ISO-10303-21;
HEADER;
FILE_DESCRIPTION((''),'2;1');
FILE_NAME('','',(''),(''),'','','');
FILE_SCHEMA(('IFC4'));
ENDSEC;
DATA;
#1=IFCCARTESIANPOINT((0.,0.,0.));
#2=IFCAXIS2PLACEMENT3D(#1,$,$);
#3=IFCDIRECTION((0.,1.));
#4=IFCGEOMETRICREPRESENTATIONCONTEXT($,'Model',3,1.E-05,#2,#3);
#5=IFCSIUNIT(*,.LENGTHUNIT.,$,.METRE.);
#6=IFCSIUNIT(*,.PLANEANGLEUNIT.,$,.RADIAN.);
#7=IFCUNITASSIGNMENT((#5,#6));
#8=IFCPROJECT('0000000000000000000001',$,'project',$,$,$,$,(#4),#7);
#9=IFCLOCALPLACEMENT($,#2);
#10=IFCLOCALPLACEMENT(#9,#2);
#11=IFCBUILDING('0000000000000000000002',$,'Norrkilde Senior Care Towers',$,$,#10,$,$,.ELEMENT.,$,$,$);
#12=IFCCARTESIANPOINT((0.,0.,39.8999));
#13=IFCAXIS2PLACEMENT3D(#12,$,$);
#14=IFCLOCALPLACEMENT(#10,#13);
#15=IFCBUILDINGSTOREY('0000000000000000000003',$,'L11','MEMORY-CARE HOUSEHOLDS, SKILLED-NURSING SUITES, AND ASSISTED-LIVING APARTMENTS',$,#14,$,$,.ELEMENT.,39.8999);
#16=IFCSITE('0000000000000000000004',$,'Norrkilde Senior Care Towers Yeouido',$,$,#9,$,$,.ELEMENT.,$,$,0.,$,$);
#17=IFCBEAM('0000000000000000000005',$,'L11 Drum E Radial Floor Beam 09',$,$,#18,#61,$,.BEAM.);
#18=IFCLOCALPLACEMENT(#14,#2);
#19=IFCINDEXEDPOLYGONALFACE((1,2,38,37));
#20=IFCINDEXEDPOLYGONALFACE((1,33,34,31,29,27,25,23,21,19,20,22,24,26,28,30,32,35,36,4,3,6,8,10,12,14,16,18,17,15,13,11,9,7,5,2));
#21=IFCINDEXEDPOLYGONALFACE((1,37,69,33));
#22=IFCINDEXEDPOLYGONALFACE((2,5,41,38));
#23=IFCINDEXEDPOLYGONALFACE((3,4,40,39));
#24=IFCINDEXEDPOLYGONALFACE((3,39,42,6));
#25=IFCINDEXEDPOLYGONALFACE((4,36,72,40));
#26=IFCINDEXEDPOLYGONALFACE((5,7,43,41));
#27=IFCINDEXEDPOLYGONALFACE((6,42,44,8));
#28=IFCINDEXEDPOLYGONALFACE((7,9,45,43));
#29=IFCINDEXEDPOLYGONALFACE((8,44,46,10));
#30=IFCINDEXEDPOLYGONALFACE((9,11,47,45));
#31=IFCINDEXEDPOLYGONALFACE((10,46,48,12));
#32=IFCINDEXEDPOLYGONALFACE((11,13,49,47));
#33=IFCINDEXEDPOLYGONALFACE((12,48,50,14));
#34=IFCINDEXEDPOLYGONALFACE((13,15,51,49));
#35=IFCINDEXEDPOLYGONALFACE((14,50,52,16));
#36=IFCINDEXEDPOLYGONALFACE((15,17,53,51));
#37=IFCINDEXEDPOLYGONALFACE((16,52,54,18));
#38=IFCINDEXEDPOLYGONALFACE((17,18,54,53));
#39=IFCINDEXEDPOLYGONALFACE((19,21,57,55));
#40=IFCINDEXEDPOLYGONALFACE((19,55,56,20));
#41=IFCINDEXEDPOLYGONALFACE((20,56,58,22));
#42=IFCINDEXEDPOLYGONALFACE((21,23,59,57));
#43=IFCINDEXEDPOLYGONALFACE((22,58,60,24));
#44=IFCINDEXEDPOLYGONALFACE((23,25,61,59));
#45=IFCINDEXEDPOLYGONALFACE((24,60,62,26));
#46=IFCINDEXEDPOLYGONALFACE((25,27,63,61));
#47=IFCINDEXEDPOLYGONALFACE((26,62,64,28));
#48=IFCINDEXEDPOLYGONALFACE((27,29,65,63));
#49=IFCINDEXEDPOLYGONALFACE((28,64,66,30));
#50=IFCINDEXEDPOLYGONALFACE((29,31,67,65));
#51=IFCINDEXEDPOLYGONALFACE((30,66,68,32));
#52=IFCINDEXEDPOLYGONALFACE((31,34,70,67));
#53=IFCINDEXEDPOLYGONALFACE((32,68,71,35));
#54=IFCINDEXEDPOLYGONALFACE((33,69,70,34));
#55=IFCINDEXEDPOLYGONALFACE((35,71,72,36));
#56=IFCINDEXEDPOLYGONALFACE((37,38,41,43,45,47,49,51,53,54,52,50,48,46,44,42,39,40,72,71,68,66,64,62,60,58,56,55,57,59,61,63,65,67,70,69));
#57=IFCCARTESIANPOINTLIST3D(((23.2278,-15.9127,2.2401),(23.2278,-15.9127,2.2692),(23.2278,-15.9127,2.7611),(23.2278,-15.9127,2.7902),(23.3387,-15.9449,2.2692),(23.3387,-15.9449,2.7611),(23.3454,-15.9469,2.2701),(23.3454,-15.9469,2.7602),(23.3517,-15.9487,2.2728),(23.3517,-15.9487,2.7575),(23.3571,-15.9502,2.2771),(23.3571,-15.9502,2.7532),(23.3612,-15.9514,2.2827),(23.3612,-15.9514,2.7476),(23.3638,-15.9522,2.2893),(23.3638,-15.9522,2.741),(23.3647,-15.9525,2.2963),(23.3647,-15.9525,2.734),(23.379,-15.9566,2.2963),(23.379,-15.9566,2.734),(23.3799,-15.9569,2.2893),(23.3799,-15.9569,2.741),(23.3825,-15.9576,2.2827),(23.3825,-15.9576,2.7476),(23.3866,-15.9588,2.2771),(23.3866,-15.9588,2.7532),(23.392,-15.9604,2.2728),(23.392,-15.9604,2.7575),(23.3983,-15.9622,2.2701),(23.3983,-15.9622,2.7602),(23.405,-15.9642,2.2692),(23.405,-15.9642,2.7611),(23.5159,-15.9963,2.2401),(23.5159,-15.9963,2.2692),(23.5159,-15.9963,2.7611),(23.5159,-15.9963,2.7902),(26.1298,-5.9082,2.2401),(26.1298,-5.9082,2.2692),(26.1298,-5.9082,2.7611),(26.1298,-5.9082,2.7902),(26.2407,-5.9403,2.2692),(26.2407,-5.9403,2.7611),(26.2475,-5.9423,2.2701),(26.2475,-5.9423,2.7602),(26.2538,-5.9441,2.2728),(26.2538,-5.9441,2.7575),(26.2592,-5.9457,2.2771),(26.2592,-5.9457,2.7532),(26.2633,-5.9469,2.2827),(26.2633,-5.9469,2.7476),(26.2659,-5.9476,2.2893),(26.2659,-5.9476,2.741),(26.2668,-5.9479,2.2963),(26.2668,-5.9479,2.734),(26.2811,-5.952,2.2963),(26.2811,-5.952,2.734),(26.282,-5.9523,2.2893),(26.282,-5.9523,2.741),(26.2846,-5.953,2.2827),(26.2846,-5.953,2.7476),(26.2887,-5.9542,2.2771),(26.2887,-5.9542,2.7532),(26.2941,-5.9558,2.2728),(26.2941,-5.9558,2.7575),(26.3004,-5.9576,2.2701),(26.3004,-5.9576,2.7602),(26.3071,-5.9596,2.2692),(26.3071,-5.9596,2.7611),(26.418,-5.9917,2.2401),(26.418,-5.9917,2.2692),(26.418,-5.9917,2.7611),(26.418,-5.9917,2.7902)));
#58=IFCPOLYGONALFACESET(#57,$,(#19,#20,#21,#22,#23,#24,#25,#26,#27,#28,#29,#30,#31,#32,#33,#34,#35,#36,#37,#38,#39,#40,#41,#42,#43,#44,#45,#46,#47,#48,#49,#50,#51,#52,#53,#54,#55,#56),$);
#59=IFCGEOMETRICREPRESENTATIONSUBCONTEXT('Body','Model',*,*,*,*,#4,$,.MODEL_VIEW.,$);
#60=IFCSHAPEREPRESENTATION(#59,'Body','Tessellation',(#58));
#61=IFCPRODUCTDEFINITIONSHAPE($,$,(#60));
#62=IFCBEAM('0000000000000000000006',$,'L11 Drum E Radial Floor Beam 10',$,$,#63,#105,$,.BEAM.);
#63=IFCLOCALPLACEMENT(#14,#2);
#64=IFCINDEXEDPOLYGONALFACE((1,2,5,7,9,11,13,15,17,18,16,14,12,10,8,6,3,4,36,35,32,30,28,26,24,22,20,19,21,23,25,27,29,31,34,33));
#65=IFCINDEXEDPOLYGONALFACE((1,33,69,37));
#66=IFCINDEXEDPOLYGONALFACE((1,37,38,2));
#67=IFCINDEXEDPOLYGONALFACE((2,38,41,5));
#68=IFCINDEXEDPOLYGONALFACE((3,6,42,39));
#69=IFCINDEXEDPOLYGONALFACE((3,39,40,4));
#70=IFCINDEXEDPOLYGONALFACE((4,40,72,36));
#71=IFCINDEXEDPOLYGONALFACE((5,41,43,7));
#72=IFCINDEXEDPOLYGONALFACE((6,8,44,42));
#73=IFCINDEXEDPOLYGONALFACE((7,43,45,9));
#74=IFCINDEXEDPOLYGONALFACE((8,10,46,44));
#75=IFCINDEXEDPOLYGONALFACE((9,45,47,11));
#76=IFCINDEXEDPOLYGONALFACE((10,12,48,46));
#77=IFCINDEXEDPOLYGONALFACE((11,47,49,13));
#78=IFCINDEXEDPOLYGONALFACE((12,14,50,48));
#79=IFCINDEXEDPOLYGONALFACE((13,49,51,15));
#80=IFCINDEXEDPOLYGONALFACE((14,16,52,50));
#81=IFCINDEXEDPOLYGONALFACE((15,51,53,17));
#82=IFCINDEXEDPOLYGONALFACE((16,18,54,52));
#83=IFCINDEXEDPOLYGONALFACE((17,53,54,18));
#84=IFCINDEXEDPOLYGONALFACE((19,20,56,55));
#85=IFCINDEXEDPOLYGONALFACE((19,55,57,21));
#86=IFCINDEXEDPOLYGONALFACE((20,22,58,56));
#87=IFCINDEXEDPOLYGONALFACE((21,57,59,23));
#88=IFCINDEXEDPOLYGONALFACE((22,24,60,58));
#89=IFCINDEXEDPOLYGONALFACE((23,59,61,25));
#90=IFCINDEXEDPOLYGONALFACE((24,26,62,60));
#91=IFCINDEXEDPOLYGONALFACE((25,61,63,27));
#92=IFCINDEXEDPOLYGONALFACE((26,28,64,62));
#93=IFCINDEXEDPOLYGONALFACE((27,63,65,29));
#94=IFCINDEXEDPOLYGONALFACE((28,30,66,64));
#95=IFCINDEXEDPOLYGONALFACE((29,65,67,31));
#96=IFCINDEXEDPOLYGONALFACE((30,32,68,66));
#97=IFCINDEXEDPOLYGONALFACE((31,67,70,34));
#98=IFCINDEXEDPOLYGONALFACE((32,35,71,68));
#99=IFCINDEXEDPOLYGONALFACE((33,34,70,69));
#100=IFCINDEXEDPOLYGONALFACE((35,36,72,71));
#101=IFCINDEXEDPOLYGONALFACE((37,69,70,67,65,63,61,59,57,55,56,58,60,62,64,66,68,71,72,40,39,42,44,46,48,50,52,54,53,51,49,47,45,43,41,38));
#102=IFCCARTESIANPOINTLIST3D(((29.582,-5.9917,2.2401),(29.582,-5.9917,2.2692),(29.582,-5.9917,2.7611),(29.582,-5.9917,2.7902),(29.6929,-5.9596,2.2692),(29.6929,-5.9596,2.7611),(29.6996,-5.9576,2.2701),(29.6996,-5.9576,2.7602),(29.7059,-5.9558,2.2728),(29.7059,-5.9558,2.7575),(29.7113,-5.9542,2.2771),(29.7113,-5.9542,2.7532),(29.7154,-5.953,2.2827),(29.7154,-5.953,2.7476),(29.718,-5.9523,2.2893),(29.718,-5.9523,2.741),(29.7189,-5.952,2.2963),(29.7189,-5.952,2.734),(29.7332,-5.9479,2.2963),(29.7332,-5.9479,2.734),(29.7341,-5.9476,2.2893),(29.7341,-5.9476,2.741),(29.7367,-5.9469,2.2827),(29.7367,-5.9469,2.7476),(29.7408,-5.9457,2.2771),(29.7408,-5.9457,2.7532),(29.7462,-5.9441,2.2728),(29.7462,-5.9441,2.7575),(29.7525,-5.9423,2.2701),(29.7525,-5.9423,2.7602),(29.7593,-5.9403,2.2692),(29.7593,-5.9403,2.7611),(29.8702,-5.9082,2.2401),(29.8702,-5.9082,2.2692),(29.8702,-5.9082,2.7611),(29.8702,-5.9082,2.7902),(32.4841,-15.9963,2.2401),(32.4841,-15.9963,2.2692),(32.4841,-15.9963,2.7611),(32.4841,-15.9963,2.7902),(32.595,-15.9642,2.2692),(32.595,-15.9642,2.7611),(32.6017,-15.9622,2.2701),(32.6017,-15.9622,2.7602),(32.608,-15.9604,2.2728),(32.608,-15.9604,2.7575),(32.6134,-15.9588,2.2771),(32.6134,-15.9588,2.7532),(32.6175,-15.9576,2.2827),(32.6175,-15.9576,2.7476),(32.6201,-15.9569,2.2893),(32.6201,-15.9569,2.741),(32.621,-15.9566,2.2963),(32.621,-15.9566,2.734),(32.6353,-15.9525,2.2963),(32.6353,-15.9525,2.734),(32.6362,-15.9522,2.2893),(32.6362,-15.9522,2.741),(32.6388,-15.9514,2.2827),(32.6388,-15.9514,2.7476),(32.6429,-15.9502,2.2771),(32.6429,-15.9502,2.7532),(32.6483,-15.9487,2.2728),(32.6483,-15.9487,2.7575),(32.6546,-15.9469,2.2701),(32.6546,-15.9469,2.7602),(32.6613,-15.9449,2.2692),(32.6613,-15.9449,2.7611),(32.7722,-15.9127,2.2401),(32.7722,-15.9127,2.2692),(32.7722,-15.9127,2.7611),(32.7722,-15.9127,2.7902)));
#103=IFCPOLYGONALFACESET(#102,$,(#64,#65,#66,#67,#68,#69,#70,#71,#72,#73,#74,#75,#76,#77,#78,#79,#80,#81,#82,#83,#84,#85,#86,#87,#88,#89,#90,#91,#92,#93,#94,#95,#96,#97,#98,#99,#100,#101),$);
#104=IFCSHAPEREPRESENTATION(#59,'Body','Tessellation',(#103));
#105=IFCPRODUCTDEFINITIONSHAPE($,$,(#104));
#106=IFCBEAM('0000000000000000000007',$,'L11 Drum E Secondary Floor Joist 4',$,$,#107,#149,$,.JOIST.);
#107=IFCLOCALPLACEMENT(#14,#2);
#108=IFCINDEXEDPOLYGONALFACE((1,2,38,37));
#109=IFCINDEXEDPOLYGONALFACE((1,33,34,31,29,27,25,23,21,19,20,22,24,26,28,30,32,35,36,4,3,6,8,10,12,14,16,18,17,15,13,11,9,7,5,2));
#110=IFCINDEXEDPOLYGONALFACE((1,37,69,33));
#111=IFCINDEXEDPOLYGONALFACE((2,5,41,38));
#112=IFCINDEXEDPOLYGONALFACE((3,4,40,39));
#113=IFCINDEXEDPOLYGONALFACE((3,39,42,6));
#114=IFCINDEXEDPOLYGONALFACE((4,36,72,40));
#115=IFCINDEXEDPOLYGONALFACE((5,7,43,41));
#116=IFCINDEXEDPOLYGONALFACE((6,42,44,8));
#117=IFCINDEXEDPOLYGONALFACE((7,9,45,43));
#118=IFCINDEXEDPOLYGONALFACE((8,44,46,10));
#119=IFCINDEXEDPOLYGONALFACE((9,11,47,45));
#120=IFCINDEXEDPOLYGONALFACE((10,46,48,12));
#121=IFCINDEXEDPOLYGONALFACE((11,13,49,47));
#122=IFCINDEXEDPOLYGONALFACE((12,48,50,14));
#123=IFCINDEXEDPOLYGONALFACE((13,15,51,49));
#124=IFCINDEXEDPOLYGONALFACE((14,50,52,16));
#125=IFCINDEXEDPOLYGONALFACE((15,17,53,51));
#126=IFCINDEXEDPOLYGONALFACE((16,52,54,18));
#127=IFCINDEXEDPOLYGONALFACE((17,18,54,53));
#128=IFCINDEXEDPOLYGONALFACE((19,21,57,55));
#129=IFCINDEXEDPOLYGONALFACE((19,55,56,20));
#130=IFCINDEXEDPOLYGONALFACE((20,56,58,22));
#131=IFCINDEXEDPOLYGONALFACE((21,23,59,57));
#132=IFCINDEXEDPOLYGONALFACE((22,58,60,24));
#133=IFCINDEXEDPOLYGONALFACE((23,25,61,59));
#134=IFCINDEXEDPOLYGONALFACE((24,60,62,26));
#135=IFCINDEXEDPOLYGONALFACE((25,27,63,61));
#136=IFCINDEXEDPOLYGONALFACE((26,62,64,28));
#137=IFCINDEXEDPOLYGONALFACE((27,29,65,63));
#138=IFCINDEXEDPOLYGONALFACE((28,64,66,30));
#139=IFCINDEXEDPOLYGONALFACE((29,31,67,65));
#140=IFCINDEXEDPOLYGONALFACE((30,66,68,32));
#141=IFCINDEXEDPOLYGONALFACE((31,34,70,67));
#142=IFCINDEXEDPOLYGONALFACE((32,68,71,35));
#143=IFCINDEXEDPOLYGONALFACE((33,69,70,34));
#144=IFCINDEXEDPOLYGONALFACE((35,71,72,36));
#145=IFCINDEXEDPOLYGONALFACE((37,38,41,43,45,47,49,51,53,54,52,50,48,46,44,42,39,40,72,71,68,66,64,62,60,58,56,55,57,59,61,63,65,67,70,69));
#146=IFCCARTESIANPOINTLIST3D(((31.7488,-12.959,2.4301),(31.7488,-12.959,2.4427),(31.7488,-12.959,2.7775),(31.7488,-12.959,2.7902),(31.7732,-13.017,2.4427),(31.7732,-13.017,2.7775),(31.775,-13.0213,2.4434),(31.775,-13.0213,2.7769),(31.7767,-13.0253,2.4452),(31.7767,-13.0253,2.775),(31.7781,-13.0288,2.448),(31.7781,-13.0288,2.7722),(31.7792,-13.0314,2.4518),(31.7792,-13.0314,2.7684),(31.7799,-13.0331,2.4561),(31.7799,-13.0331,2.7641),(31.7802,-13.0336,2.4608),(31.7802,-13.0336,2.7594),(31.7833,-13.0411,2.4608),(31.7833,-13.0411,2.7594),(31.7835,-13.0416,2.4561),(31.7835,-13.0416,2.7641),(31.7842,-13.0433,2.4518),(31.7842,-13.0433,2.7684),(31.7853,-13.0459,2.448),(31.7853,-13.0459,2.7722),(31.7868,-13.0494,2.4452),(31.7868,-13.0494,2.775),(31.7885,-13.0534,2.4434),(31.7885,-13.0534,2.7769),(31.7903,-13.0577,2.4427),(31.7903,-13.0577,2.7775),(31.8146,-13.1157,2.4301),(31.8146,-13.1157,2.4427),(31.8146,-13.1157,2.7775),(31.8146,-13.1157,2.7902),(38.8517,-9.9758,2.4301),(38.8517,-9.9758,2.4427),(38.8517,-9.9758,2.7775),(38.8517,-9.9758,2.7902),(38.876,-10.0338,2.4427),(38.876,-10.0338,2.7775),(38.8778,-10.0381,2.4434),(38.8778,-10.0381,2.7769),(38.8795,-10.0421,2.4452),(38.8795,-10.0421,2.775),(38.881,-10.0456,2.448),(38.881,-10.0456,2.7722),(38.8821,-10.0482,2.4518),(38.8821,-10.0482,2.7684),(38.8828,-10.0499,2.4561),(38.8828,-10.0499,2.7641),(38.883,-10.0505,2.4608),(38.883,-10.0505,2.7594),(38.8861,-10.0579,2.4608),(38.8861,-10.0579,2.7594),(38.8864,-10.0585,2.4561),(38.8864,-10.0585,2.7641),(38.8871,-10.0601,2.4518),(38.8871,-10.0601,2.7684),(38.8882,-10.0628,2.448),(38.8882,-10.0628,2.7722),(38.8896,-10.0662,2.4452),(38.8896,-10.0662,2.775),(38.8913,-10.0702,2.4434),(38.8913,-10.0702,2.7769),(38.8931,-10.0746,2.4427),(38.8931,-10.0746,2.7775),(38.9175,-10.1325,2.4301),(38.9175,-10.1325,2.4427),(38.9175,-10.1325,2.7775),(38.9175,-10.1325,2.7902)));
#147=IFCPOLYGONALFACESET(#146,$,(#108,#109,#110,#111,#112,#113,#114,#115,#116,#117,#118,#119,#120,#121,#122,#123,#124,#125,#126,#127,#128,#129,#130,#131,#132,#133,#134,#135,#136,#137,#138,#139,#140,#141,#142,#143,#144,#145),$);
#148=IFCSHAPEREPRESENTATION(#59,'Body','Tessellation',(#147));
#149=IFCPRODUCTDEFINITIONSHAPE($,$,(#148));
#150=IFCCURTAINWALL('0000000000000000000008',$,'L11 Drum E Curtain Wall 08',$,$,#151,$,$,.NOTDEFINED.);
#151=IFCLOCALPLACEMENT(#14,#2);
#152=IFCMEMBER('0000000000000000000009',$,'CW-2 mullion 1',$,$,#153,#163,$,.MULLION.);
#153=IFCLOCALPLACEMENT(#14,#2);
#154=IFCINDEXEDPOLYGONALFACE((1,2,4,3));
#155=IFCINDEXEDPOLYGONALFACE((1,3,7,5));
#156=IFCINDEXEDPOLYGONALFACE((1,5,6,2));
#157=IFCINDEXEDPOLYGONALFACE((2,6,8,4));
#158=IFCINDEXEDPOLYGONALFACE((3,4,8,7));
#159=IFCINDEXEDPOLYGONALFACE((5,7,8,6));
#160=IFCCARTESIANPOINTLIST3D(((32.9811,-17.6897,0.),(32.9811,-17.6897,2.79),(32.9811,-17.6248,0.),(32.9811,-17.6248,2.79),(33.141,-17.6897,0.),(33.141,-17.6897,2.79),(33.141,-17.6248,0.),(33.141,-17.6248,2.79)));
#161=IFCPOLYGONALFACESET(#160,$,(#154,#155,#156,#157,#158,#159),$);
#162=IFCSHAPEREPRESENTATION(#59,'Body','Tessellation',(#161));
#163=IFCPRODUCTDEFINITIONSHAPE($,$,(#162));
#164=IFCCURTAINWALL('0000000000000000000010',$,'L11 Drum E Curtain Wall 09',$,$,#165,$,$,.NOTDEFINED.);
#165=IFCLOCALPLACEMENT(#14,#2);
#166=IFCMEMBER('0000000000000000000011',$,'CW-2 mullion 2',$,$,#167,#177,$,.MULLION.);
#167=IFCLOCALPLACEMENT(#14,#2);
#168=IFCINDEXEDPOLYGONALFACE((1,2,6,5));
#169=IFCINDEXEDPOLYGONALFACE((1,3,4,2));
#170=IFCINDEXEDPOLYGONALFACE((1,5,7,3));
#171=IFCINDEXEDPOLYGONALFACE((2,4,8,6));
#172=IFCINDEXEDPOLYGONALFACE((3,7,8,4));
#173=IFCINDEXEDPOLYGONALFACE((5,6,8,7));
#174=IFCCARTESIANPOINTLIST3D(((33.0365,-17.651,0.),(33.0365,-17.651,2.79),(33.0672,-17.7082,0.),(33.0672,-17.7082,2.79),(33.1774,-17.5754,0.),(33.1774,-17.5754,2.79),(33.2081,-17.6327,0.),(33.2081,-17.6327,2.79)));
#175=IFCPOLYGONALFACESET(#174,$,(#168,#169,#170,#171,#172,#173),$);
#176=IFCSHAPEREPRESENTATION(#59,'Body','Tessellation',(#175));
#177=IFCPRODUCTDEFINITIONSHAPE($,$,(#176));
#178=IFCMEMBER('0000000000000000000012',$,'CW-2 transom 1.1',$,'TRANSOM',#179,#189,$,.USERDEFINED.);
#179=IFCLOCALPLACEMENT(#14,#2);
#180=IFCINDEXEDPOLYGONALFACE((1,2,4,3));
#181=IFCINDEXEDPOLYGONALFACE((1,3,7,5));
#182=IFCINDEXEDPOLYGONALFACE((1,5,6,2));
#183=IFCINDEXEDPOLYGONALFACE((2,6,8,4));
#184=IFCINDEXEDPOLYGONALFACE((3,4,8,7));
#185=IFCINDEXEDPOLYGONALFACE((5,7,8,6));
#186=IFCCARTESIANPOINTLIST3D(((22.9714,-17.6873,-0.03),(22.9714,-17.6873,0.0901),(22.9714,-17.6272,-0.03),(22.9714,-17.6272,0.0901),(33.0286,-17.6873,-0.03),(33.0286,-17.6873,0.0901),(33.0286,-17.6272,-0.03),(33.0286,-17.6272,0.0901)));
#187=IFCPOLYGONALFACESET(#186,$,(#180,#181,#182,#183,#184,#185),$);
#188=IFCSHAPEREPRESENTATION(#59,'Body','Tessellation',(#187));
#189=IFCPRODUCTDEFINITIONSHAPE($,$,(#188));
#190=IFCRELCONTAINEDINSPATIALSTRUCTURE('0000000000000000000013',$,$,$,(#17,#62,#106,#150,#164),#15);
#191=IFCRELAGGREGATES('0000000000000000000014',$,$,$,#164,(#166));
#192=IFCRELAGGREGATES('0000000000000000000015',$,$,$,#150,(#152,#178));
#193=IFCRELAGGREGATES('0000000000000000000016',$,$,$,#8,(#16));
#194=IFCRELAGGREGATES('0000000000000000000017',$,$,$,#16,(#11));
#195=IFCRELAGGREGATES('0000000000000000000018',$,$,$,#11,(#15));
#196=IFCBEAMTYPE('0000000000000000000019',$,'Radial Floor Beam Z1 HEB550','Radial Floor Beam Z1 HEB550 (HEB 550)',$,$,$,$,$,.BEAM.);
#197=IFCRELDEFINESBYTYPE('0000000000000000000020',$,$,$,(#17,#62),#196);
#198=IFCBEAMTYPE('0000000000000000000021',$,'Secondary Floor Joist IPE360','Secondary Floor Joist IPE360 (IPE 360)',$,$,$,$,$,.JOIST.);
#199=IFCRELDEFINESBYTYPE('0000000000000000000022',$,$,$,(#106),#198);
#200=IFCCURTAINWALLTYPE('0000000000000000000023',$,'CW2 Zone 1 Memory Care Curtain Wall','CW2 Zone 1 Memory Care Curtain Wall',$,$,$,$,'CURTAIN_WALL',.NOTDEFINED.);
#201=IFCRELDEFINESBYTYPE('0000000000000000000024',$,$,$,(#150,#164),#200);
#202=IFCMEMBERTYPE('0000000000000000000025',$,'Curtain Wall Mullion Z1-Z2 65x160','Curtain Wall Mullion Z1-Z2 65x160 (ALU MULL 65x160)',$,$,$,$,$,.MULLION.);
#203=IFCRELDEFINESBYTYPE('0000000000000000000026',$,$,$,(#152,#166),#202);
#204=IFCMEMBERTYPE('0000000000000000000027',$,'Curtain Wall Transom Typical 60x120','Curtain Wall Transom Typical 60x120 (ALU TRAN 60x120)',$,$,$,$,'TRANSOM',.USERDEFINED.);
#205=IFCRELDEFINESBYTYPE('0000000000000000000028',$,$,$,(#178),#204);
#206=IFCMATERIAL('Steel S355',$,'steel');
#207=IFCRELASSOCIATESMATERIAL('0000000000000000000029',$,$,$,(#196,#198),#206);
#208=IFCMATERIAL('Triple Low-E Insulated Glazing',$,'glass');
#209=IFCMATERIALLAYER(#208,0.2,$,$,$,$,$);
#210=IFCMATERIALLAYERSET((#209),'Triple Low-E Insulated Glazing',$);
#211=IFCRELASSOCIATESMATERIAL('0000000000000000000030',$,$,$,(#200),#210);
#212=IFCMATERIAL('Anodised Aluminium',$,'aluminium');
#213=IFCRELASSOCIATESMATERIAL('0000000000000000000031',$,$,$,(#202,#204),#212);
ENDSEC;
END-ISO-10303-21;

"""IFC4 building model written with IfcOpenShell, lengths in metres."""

from ifc_helpers import new_model, si_unit, direction, frame, origin, origin_2d, place, context, subcontext, project, spatial, rectangle, i_section, extrude, source, transform, mapped, material, layer, layer_set, material_profile, profile_set, type_object, type_shapes, element, aggregate, save


model = new_model("IFC4")

# Units and contexts
model_context = context("Model", 3, precision=1e-05, world=origin(), true_north=direction((0.0, 1.0)))
body_context = subcontext(model_context, "Body", "Model", "MODEL_VIEW")
ifc_project = project(units=[si_unit("LENGTHUNIT", "METRE"), si_unit("PLANEANGLEUNIT", "RADIAN")], contexts=[model_context])

# Site, building, storey
site_placement = place(None, origin())
site = spatial("IfcSite", under=ifc_project, at=site_placement, Name="Norrkilde Senior Care Towers Yeouido", CompositionType="ELEMENT", RefElevation=0.0)
building_placement = place(site_placement, origin())
building = spatial("IfcBuilding", under=site, at=building_placement, Name="Norrkilde Senior Care Towers", CompositionType="ELEMENT")
storey_placement = place(building_placement, frame((0.0, 0.0, 39.8999)))
storey = spatial("IfcBuildingStorey", under=building, at=storey_placement, Name="L11", Description="MEMORY-CARE HOUSEHOLDS, SKILLED-NURSING SUITES, AND ASSISTED-LIVING APARTMENTS", CompositionType="ELEMENT", Elevation=39.8999)

# Beams
ifc_material_1 = material(Name="Steel S355", Category="steel")
ifc_material_profile_1 = material_profile(ifc_material_1, i_section(OverallWidth=0.3, OverallDepth=0.55, WebThickness=0.0149, FlangeThickness=0.0291, FilletRadius=0.0271, at=origin_2d()), Name="HEB 550")
ifc_profile_set_1 = profile_set([ifc_material_profile_1], Name="Steel S355")
beam_type_1 = type_object("IfcBeamType", Name="Radial Floor Beam Z1 HEB550", Description="Radial Floor Beam Z1 HEB550 (HEB 550)", PredefinedType="BEAM", material=ifc_profile_set_1)
shared_shape_1 = source(origin(), body_context, "Body", "SweptSolid", [
    extrude(i_section(OverallWidth=0.3, OverallDepth=0.55, WebThickness=0.0149, FlangeThickness=0.0291, FilletRadius=0.0271, at=origin_2d()), origin(), (0.0, 0.0, 1.0), 10.417),
])
for number, where, z_axis, x_axis, name in (
    (1, (26.2739, -5.95, 2.5151), (-0.278591, -0.96041, 0.0), (0.96041, -0.278591, 0.0), "L11 Drum E Radial Floor Beam 09"),
    (2, (29.7261, -5.95, 2.5151), (0.278591, -0.96041, 0.0), (0.96041, 0.278591, 0.0), "L11 Drum E Radial Floor Beam 10"),
):
    element("IfcBeam", number, at=place(storey_placement, frame(where, z_axis=z_axis, x_axis=x_axis)), inside=storey, type_object=beam_type_1, Name=name, PredefinedType="BEAM", context=body_context, shape_type="MappedRepresentation", body=[
        mapped(shared_shape_1, transform((0.0, 0.0, 0.0), x_axis=(1.0, 0.0, 0.0), y_axis=(0.0, 1.0, 0.0), z_axis=(0.0, 0.0, 1.0), scale=1.0)),
    ])
ifc_material_profile_2 = material_profile(ifc_material_1, i_section(OverallWidth=0.1699, OverallDepth=0.3601, WebThickness=0.0081, FlangeThickness=0.0127, FilletRadius=0.0181, at=origin_2d()), Name="IPE 360")
ifc_profile_set_2 = profile_set([ifc_material_profile_2], Name="Steel S355")
beam_type_2 = type_object("IfcBeamType", Name="Secondary Floor Joist IPE360", Description="Secondary Floor Joist IPE360 (IPE 360)", PredefinedType="JOIST", material=ifc_profile_set_2)
shared_shape_2 = source(origin(), body_context, "Body", "SweptSolid", [
    extrude(i_section(OverallWidth=0.1699, OverallDepth=0.3601, WebThickness=0.0081, FlangeThickness=0.0127, FilletRadius=0.0181, at=origin_2d()), origin(), (0.0, 0.0, 1.0), 7.7039),
])
type_shapes(beam_type_2, [shared_shape_2])
beam_1_placement = place(storey_placement, frame((31.7817, -13.0374, 2.6101), z_axis=(0.921983, 0.387231, 0.0), x_axis=(-0.387231, 0.921983, 0.0)))
element("IfcBeam", 3, at=beam_1_placement, inside=storey, type_object=beam_type_2, Name="L11 Drum E Secondary Floor Joist 4", PredefinedType="JOIST", context=body_context, shape_type="MappedRepresentation", body=[
    mapped(shared_shape_2, transform((0.0, 0.0, 0.0), x_axis=(1.0, 0.0, 0.0), y_axis=(0.0, 1.0, 0.0), z_axis=(0.0, 0.0, 1.0), scale=1.0)),
])

# Curtain walls, members
ifc_material_2 = material(Name="Triple Low-E Insulated Glazing", Category="glass")
ifc_layer_1 = layer(ifc_material_2, 0.2)
ifc_layer_set_1 = layer_set([ifc_layer_1], Name="Triple Low-E Insulated Glazing")
curtain_wall_type = type_object("IfcCurtainWallType", Name="CW2 Zone 1 Memory Care Curtain Wall", Description="CW2 Zone 1 Memory Care Curtain Wall", ElementType="CURTAIN_WALL", PredefinedType="NOTDEFINED", material=ifc_layer_set_1)
curtain_wall_1_placement = place(storey_placement, origin())
curtain_wall_1 = element("IfcCurtainWall", 4, at=curtain_wall_1_placement, inside=storey, type_object=curtain_wall_type, Name="L11 Drum E Curtain Wall 08", PredefinedType="NOTDEFINED")
ifc_material_3 = material(Name="Anodised Aluminium", Category="aluminium")
ifc_material_profile_3 = material_profile(ifc_material_3, rectangle(XDim=0.0649, YDim=0.1599, at=origin_2d()), Name="ALU MULL 65x160")
ifc_profile_set_3 = profile_set([ifc_material_profile_3], Name="Anodised Aluminium")
member_type_1 = type_object("IfcMemberType", Name="Curtain Wall Mullion Z1-Z2 65x160", Description="Curtain Wall Mullion Z1-Z2 65x160 (ALU MULL 65x160)", PredefinedType="MULLION", material=ifc_profile_set_3)
shared_shape_3 = source(origin(), body_context, "Body", "SweptSolid", [
    extrude(rectangle(XDim=0.0649, YDim=0.1599, at=origin_2d()), origin(), (0.0, 0.0, 1.0), 2.79),
])
type_shapes(member_type_1, [shared_shape_3])
member_1_placement = place(storey_placement, frame((33.061, -17.6572, 0.0), z_axis=(0.0, 0.0, 1.0), x_axis=(0.0, -1.0, 0.0)))
member_1 = element("IfcMember", 5, at=member_1_placement, type_object=member_type_1, Name="CW-2 mullion 1", PredefinedType="MULLION", context=body_context, shape_type="MappedRepresentation", body=[
    mapped(shared_shape_3, transform((0.0, 0.0, 0.0), x_axis=(1.0, 0.0, 0.0), y_axis=(0.0, 1.0, 0.0), z_axis=(0.0, 0.0, 1.0), scale=1.0)),
])
curtain_wall_2_placement = place(storey_placement, origin())
curtain_wall_2 = element("IfcCurtainWall", 6, at=curtain_wall_2_placement, inside=storey, type_object=curtain_wall_type, Name="L11 Drum E Curtain Wall 09", PredefinedType="NOTDEFINED")
member_2_placement = place(storey_placement, frame((33.1223, -17.6418, 0.0), z_axis=(0.0, 0.0, 1.0), x_axis=(0.472608, -0.881273, 0.0)))
member_2 = element("IfcMember", 7, at=member_2_placement, type_object=member_type_1, Name="CW-2 mullion 2", PredefinedType="MULLION", context=body_context, shape_type="MappedRepresentation", body=[
    mapped(shared_shape_3, transform((0.0, 0.0, 0.0), x_axis=(1.0, 0.0, 0.0), y_axis=(0.0, 1.0, 0.0), z_axis=(0.0, 0.0, 1.0), scale=1.0)),
])
aggregate(curtain_wall_2, [member_2])

# Member
ifc_material_profile_4 = material_profile(ifc_material_3, rectangle(XDim=0.0601, YDim=0.1201, at=origin_2d()), Name="ALU TRAN 60x120")
ifc_profile_set_4 = profile_set([ifc_material_profile_4], Name="Anodised Aluminium")
member_type_2 = type_object("IfcMemberType", Name="Curtain Wall Transom Typical 60x120", Description="Curtain Wall Transom Typical 60x120 (ALU TRAN 60x120)", ElementType="TRANSOM", PredefinedType="USERDEFINED", material=ifc_profile_set_4)
shared_shape_4 = source(origin(), body_context, "Body", "SweptSolid", [
    extrude(rectangle(XDim=0.0601, YDim=0.1201, at=origin_2d()), origin(), (0.0, 0.0, 1.0), 10.0571),
])
type_shapes(member_type_2, [shared_shape_4])
member_3_placement = place(storey_placement, frame((33.0286, -17.6572, 0.03), z_axis=(-1.0, 0.0, 0.0), x_axis=(0.0, -1.0, 0.0)))
member_3 = element("IfcMember", 8, at=member_3_placement, type_object=member_type_2, Name="CW-2 transom 1.1", ObjectType="TRANSOM", PredefinedType="USERDEFINED", context=body_context, shape_type="MappedRepresentation", body=[
    mapped(shared_shape_4, transform((0.0, 0.0, 0.0), x_axis=(1.0, 0.0, 0.0), y_axis=(0.0, 1.0, 0.0), z_axis=(0.0, 0.0, 1.0), scale=1.0)),
])

aggregate(curtain_wall_1, [member_1, member_3])

save(model, "model.ifc")
